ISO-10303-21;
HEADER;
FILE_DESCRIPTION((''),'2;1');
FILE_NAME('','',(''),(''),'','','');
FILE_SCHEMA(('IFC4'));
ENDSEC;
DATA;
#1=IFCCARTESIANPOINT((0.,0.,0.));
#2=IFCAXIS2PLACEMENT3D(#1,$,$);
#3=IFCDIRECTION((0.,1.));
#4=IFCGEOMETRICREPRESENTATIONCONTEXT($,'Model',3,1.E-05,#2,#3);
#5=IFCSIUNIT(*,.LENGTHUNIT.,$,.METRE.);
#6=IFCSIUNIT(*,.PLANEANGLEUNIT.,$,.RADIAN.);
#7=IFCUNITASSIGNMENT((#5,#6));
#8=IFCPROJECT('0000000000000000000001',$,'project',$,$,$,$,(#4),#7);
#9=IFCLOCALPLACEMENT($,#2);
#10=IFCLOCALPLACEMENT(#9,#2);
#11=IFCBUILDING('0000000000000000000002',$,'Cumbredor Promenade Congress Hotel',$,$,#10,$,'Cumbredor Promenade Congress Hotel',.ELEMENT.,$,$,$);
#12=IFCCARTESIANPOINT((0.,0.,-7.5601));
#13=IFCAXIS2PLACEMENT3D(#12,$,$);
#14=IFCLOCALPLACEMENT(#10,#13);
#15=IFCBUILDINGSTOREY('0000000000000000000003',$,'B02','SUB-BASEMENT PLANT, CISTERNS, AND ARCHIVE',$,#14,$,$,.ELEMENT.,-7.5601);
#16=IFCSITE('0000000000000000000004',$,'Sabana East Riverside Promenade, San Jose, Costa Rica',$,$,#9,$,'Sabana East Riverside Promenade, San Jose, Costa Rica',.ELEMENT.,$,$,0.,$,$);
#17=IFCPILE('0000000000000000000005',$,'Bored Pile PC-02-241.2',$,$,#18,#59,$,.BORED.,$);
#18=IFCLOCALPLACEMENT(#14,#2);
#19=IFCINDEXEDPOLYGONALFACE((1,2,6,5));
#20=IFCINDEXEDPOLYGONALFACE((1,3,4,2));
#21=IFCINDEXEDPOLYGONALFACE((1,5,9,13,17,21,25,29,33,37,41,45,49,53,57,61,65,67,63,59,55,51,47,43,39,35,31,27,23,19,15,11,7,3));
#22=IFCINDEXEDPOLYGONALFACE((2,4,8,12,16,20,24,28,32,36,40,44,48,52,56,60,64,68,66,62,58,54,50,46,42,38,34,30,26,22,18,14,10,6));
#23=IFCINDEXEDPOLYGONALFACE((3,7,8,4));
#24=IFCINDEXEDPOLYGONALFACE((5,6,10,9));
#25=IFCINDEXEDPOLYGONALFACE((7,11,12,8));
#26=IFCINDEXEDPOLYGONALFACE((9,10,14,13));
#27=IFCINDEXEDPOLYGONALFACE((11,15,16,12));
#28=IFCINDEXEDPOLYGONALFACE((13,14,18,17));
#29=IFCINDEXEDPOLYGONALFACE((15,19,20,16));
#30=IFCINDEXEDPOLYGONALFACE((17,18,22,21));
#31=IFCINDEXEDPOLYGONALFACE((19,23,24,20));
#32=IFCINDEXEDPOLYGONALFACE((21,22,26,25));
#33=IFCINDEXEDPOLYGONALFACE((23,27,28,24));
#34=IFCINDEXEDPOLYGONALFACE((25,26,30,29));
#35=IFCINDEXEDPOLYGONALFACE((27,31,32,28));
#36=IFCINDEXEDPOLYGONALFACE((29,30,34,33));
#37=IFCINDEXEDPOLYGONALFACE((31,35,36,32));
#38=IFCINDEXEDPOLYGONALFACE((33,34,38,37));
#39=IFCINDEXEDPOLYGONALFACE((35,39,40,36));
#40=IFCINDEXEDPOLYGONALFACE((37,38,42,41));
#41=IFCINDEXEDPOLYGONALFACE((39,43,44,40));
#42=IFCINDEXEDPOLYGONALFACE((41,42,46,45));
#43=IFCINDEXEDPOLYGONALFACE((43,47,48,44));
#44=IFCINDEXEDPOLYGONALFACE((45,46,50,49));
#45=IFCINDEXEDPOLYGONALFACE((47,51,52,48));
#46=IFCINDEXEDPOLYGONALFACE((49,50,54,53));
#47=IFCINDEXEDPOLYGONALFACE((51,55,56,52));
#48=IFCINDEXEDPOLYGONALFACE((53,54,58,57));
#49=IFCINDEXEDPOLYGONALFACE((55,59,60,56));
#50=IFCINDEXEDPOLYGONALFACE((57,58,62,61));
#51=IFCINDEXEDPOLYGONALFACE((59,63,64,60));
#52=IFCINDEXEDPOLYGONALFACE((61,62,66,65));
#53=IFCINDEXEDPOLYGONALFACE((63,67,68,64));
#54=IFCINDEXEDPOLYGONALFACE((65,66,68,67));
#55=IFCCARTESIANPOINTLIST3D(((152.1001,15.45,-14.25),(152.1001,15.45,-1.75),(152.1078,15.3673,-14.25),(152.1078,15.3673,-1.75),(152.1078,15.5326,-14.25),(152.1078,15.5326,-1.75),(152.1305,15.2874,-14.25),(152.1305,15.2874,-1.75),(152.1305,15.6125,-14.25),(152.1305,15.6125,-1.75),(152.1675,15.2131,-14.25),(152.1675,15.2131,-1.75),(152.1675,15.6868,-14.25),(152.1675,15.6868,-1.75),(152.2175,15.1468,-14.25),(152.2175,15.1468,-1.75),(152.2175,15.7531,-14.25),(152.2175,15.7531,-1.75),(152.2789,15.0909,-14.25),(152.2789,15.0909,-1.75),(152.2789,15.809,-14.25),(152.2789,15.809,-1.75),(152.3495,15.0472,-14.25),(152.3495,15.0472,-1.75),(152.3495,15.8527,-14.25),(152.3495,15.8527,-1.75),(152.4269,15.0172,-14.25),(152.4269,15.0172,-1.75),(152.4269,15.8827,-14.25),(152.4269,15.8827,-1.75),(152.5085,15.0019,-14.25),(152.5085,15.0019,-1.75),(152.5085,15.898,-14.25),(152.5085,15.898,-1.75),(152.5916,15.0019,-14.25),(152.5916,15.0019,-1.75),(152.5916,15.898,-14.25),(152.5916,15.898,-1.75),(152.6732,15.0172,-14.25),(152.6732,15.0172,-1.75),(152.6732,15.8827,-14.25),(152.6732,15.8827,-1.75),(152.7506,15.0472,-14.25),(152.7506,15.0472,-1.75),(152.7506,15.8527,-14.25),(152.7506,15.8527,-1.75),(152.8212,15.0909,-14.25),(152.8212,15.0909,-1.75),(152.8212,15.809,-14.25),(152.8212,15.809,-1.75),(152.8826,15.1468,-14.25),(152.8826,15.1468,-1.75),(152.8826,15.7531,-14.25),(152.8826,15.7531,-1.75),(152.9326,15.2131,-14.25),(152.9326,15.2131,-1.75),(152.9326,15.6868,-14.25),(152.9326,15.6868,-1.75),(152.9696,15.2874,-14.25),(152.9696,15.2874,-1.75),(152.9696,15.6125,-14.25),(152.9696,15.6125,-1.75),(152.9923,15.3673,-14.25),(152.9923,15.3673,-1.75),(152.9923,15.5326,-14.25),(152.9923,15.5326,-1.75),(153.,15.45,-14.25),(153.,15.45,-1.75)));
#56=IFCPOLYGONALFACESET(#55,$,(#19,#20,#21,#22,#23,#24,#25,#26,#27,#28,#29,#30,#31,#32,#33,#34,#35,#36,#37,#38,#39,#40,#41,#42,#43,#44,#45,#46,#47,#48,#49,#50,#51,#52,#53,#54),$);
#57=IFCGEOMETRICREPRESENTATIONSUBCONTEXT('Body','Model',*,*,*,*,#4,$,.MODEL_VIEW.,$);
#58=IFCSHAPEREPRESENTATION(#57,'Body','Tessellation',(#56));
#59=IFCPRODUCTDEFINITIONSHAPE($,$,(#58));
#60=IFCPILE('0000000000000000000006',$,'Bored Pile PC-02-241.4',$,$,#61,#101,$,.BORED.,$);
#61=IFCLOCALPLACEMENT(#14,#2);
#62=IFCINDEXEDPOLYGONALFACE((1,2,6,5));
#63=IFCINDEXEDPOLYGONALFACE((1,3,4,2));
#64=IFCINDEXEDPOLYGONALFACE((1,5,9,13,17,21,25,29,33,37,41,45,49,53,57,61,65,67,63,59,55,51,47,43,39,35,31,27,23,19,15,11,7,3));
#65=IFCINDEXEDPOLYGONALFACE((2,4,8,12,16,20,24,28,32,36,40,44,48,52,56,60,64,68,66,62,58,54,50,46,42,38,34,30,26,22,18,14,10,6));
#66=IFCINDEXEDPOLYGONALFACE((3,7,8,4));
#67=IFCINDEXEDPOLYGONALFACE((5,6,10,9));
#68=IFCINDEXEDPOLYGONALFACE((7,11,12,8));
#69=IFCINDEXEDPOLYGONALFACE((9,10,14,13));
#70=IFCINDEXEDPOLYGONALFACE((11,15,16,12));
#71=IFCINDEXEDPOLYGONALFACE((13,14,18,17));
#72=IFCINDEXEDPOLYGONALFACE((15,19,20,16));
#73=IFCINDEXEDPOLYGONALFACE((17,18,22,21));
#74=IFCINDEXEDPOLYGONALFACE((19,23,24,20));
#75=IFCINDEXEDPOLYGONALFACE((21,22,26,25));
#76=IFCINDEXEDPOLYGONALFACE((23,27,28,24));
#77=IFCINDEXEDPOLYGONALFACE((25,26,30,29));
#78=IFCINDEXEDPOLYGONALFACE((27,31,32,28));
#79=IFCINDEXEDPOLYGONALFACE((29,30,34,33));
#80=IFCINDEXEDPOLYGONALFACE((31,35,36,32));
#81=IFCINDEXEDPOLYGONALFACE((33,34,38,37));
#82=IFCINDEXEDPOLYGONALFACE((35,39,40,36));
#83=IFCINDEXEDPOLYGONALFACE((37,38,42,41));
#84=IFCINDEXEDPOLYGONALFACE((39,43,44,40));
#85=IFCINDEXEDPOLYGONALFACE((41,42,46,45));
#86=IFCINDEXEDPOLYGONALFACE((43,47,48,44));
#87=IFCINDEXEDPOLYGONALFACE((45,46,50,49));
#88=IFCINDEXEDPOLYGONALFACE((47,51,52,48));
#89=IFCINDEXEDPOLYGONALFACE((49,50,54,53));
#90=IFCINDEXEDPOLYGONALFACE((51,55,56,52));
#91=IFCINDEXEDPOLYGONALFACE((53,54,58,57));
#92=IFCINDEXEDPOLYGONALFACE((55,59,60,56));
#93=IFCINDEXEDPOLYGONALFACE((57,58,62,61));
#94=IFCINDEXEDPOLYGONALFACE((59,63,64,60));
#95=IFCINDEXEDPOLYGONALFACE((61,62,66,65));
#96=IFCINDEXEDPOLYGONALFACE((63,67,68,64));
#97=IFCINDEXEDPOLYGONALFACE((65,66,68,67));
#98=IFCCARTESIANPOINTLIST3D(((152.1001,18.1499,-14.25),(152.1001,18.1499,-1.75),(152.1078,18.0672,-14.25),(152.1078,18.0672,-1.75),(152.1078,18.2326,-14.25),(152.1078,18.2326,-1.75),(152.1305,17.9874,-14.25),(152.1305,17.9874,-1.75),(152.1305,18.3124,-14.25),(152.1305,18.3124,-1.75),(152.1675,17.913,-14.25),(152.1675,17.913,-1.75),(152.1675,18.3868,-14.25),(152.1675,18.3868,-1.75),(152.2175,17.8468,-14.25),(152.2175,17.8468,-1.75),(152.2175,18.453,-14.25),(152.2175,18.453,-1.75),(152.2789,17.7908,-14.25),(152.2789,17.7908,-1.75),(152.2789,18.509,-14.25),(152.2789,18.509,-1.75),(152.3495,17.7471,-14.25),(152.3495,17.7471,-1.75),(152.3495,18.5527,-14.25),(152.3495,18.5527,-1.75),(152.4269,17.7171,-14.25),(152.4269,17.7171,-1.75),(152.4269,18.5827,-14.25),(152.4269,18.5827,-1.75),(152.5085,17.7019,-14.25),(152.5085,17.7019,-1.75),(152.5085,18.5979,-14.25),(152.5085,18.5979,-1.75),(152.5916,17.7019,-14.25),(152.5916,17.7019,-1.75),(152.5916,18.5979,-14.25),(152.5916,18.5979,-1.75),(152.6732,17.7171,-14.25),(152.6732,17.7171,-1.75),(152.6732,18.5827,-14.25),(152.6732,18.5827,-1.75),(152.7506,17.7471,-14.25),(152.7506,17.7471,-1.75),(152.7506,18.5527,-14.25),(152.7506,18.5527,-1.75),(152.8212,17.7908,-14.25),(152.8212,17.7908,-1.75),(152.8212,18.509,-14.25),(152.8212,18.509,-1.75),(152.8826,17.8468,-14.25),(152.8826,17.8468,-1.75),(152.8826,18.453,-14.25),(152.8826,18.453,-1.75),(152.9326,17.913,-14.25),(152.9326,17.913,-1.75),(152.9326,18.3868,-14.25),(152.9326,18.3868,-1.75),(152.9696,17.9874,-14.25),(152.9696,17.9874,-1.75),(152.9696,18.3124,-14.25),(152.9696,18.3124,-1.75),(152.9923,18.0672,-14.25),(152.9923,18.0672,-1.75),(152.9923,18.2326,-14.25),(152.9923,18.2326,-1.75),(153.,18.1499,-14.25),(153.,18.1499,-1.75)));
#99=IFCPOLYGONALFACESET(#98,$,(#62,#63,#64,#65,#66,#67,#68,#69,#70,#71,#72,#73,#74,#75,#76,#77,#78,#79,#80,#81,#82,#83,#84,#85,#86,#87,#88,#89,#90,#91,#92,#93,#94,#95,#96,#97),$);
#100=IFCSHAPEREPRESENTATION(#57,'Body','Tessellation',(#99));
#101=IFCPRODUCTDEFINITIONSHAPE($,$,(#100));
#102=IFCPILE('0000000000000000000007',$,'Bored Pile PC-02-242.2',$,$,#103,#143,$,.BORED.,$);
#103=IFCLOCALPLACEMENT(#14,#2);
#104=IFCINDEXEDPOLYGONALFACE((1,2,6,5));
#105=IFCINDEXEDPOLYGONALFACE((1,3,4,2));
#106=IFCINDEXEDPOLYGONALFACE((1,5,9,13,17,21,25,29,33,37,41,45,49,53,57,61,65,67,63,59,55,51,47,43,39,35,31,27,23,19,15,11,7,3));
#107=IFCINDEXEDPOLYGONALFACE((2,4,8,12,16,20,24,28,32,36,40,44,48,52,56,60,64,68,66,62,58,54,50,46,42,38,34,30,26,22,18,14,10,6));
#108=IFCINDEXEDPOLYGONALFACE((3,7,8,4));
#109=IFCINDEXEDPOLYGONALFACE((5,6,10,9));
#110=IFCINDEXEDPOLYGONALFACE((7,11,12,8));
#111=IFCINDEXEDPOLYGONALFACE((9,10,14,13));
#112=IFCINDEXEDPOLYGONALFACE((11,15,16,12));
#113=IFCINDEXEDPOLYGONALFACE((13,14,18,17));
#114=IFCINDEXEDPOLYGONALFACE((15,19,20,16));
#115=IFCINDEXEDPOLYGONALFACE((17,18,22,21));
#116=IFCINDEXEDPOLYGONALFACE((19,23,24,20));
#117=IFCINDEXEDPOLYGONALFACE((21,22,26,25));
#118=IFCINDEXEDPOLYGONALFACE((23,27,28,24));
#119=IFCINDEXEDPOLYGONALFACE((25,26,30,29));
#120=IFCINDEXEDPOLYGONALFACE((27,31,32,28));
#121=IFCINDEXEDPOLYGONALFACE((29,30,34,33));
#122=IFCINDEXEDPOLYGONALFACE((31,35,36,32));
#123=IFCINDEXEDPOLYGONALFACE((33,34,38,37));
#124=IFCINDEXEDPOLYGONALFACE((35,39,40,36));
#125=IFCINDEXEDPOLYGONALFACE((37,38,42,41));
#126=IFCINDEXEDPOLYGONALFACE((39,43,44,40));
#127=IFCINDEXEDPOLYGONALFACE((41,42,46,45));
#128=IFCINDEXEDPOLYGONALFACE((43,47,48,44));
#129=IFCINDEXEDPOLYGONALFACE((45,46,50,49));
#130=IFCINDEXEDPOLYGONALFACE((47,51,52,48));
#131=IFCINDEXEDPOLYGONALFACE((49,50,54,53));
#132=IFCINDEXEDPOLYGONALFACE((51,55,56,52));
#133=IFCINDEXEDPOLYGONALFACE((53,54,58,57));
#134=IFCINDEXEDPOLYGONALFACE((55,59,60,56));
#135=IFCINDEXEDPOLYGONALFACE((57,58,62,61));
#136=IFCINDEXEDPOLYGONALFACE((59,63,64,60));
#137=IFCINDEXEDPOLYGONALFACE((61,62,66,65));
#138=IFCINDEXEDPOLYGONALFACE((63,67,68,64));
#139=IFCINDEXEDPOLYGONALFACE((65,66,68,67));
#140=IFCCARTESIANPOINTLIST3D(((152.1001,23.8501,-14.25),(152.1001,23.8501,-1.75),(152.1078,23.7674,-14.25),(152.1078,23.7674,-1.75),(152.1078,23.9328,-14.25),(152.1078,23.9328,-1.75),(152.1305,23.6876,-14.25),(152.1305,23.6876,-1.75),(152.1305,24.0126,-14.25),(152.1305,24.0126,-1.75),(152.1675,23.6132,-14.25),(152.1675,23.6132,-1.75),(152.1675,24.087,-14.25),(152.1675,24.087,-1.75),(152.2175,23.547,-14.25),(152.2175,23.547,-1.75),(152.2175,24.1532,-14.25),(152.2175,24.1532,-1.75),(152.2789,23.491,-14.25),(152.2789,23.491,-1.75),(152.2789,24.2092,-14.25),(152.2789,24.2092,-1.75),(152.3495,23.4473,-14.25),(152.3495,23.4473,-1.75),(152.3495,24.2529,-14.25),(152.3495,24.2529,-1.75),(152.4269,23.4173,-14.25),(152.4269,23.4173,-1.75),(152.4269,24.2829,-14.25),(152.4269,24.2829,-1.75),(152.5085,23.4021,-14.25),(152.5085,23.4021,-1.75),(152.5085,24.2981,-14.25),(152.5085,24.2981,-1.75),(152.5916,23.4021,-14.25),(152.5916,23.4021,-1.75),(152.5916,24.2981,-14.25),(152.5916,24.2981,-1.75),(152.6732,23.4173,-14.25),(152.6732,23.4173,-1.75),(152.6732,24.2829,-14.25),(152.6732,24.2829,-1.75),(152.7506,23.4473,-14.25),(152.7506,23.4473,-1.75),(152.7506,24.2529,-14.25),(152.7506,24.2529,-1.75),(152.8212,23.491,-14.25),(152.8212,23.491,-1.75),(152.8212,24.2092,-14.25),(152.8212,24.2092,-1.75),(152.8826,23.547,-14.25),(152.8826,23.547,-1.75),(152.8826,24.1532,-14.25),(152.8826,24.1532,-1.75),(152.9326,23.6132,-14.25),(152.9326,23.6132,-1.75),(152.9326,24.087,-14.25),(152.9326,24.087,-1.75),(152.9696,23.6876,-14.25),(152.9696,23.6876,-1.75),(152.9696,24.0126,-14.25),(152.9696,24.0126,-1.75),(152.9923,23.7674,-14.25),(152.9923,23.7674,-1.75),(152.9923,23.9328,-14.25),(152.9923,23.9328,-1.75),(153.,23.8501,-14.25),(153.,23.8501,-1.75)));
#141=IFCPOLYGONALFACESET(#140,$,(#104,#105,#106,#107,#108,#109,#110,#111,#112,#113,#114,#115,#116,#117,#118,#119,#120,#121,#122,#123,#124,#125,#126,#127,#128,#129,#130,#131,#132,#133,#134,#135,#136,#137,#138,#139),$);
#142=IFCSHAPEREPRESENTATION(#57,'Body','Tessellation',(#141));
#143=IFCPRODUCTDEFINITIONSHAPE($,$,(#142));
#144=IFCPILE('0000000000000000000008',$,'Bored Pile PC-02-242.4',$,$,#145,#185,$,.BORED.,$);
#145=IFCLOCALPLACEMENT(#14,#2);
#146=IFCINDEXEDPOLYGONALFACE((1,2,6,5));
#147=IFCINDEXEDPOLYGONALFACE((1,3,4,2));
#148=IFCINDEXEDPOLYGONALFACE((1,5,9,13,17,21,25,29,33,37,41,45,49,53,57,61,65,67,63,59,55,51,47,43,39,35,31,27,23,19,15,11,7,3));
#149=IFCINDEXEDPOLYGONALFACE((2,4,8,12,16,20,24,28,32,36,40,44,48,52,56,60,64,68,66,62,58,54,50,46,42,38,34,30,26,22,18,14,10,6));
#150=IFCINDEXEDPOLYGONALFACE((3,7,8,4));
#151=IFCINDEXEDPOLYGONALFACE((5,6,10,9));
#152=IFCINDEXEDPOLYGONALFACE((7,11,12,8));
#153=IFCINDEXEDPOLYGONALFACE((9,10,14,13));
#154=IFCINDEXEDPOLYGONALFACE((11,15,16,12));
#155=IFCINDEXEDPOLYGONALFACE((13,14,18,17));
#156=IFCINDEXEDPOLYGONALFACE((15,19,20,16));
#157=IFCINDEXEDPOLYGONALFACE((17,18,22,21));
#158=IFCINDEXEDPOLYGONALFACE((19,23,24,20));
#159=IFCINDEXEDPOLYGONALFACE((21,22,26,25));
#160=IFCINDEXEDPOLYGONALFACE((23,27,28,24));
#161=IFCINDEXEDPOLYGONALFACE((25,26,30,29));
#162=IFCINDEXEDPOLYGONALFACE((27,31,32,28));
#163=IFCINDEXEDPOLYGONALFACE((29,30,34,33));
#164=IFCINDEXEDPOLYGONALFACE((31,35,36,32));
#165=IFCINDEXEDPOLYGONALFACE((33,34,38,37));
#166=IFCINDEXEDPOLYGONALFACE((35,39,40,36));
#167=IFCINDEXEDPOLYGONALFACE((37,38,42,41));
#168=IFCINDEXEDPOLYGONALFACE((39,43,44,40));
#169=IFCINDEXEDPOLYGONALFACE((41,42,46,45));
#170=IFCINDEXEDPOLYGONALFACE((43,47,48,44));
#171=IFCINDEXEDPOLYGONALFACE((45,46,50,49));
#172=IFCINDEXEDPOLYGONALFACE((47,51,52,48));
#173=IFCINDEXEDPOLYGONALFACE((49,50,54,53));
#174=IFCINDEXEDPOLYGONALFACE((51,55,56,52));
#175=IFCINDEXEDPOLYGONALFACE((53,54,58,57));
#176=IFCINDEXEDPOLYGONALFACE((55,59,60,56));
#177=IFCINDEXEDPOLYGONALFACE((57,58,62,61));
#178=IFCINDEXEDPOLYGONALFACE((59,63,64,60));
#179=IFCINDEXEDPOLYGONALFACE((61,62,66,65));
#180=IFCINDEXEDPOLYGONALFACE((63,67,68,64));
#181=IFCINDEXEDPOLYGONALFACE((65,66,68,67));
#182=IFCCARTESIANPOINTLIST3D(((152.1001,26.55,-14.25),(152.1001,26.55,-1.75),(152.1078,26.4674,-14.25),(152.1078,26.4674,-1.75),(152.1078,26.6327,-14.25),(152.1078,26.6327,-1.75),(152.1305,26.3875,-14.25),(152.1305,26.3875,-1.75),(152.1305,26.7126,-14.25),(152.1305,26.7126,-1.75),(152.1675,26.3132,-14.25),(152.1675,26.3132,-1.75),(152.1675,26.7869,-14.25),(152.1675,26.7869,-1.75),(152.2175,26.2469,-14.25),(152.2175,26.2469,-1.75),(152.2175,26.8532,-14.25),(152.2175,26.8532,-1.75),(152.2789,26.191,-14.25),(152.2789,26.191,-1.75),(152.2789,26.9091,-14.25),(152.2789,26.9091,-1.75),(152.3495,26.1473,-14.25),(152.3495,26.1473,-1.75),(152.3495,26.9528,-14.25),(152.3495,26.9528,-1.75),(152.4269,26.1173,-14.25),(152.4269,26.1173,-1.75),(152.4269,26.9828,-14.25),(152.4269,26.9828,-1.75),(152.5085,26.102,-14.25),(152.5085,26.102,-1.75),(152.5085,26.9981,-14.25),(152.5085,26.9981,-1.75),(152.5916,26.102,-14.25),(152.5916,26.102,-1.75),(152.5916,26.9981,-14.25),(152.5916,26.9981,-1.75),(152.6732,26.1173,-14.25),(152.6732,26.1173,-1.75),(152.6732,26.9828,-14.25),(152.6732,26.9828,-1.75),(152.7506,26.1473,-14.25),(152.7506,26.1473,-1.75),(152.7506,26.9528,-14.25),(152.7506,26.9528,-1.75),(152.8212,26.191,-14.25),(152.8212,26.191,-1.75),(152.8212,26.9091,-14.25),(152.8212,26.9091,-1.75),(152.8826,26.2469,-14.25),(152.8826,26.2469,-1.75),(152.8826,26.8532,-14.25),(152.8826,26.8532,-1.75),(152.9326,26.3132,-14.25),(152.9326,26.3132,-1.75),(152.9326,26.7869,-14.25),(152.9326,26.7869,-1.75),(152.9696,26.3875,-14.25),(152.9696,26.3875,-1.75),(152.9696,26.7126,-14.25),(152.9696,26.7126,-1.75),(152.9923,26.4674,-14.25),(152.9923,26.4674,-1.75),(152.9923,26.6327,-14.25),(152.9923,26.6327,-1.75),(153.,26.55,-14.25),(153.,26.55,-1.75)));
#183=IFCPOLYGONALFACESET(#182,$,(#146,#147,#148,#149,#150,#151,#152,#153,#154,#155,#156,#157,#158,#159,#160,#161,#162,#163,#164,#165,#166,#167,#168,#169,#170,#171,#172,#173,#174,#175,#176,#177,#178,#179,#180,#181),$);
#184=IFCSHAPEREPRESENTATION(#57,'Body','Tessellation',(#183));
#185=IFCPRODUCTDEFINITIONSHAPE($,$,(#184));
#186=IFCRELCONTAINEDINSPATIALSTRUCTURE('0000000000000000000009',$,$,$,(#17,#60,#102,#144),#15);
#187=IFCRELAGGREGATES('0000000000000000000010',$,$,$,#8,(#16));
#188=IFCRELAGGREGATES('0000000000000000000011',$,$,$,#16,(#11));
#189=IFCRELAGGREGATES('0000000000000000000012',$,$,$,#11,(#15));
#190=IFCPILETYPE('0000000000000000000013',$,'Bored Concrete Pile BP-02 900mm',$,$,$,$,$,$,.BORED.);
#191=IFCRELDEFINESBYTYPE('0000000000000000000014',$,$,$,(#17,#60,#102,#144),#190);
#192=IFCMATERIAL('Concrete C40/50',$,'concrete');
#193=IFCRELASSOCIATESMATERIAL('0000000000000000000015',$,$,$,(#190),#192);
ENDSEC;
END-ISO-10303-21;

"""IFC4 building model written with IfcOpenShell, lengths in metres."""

from ifc_helpers import new_model, si_unit, direction, frame, origin, origin_2d, place, context, subcontext, project, spatial, circle, extrude, material, material_profile, profile_set, type_object, element, save


model = new_model("IFC4")

# Units and contexts
model_context = context("Model", 3, precision=1e-05, world=origin(), true_north=direction((0.0, 1.0)))
body_context = subcontext(model_context, "Body", "Model", "MODEL_VIEW")
ifc_project = project(units=[si_unit("LENGTHUNIT", "METRE"), si_unit("PLANEANGLEUNIT", "RADIAN")], contexts=[model_context])

# Site, building, storey
site_placement = place(None, origin())
site = spatial("IfcSite", under=ifc_project, at=site_placement, Name="Sabana East Riverside Promenade, San Jose, Costa Rica", LongName="Sabana East Riverside Promenade, San Jose, Costa Rica", CompositionType="ELEMENT", RefElevation=0.0)
building_placement = place(site_placement, origin())
building = spatial("IfcBuilding", under=site, at=building_placement, Name="Cumbredor Promenade Congress Hotel", LongName="Cumbredor Promenade Congress Hotel", CompositionType="ELEMENT")
storey_placement = place(building_placement, frame((0.0, 0.0, -7.5601)))
storey = spatial("IfcBuildingStorey", under=building, at=storey_placement, Name="B02", Description="SUB-BASEMENT PLANT, CISTERNS, AND ARCHIVE", CompositionType="ELEMENT", Elevation=-7.5601)

# Piles
ifc_material_1 = material(Name="Concrete C40/50", Category="concrete")
ifc_material_profile_1 = material_profile(ifc_material_1, circle(Radius=0.45, at=origin_2d()), Name="PILE D900")
ifc_profile_set_1 = profile_set([ifc_material_profile_1], Name="Concrete C40/50")
pile_type = type_object("IfcPileType", Name="Bored Concrete Pile BP-02 900mm", PredefinedType="BORED", material=ifc_profile_set_1)
for number, where, z_axis, x_axis, name in (
    (1, (152.55, 15.45, -1.75), (0.0, 0.0, -1.0), (1.0, 0.0, 0.0), "Bored Pile PC-02-241.2"),
    (2, (152.55, 18.1499, -1.75), (0.0, 0.0, -1.0), (1.0, 0.0, 0.0), "Bored Pile PC-02-241.4"),
    (3, (152.55, 23.8501, -1.75), (0.0, 0.0, -1.0), (1.0, 0.0, 0.0), "Bored Pile PC-02-242.2"),
    (4, (152.55, 26.55, -1.75), (0.0, 0.0, -1.0), (1.0, 0.0, 0.0), "Bored Pile PC-02-242.4"),
):
    element("IfcPile", number, at=place(storey_placement, frame(where, z_axis=z_axis, x_axis=x_axis)), inside=storey, type_object=pile_type, Name=name, PredefinedType="BORED", context=body_context, shape_type="SweptSolid", body=[
        extrude(circle(Radius=0.45, at=origin_2d()), origin(), (0.0, 0.0, 1.0), 12.5),
    ])

save(model, "model.ifc")
